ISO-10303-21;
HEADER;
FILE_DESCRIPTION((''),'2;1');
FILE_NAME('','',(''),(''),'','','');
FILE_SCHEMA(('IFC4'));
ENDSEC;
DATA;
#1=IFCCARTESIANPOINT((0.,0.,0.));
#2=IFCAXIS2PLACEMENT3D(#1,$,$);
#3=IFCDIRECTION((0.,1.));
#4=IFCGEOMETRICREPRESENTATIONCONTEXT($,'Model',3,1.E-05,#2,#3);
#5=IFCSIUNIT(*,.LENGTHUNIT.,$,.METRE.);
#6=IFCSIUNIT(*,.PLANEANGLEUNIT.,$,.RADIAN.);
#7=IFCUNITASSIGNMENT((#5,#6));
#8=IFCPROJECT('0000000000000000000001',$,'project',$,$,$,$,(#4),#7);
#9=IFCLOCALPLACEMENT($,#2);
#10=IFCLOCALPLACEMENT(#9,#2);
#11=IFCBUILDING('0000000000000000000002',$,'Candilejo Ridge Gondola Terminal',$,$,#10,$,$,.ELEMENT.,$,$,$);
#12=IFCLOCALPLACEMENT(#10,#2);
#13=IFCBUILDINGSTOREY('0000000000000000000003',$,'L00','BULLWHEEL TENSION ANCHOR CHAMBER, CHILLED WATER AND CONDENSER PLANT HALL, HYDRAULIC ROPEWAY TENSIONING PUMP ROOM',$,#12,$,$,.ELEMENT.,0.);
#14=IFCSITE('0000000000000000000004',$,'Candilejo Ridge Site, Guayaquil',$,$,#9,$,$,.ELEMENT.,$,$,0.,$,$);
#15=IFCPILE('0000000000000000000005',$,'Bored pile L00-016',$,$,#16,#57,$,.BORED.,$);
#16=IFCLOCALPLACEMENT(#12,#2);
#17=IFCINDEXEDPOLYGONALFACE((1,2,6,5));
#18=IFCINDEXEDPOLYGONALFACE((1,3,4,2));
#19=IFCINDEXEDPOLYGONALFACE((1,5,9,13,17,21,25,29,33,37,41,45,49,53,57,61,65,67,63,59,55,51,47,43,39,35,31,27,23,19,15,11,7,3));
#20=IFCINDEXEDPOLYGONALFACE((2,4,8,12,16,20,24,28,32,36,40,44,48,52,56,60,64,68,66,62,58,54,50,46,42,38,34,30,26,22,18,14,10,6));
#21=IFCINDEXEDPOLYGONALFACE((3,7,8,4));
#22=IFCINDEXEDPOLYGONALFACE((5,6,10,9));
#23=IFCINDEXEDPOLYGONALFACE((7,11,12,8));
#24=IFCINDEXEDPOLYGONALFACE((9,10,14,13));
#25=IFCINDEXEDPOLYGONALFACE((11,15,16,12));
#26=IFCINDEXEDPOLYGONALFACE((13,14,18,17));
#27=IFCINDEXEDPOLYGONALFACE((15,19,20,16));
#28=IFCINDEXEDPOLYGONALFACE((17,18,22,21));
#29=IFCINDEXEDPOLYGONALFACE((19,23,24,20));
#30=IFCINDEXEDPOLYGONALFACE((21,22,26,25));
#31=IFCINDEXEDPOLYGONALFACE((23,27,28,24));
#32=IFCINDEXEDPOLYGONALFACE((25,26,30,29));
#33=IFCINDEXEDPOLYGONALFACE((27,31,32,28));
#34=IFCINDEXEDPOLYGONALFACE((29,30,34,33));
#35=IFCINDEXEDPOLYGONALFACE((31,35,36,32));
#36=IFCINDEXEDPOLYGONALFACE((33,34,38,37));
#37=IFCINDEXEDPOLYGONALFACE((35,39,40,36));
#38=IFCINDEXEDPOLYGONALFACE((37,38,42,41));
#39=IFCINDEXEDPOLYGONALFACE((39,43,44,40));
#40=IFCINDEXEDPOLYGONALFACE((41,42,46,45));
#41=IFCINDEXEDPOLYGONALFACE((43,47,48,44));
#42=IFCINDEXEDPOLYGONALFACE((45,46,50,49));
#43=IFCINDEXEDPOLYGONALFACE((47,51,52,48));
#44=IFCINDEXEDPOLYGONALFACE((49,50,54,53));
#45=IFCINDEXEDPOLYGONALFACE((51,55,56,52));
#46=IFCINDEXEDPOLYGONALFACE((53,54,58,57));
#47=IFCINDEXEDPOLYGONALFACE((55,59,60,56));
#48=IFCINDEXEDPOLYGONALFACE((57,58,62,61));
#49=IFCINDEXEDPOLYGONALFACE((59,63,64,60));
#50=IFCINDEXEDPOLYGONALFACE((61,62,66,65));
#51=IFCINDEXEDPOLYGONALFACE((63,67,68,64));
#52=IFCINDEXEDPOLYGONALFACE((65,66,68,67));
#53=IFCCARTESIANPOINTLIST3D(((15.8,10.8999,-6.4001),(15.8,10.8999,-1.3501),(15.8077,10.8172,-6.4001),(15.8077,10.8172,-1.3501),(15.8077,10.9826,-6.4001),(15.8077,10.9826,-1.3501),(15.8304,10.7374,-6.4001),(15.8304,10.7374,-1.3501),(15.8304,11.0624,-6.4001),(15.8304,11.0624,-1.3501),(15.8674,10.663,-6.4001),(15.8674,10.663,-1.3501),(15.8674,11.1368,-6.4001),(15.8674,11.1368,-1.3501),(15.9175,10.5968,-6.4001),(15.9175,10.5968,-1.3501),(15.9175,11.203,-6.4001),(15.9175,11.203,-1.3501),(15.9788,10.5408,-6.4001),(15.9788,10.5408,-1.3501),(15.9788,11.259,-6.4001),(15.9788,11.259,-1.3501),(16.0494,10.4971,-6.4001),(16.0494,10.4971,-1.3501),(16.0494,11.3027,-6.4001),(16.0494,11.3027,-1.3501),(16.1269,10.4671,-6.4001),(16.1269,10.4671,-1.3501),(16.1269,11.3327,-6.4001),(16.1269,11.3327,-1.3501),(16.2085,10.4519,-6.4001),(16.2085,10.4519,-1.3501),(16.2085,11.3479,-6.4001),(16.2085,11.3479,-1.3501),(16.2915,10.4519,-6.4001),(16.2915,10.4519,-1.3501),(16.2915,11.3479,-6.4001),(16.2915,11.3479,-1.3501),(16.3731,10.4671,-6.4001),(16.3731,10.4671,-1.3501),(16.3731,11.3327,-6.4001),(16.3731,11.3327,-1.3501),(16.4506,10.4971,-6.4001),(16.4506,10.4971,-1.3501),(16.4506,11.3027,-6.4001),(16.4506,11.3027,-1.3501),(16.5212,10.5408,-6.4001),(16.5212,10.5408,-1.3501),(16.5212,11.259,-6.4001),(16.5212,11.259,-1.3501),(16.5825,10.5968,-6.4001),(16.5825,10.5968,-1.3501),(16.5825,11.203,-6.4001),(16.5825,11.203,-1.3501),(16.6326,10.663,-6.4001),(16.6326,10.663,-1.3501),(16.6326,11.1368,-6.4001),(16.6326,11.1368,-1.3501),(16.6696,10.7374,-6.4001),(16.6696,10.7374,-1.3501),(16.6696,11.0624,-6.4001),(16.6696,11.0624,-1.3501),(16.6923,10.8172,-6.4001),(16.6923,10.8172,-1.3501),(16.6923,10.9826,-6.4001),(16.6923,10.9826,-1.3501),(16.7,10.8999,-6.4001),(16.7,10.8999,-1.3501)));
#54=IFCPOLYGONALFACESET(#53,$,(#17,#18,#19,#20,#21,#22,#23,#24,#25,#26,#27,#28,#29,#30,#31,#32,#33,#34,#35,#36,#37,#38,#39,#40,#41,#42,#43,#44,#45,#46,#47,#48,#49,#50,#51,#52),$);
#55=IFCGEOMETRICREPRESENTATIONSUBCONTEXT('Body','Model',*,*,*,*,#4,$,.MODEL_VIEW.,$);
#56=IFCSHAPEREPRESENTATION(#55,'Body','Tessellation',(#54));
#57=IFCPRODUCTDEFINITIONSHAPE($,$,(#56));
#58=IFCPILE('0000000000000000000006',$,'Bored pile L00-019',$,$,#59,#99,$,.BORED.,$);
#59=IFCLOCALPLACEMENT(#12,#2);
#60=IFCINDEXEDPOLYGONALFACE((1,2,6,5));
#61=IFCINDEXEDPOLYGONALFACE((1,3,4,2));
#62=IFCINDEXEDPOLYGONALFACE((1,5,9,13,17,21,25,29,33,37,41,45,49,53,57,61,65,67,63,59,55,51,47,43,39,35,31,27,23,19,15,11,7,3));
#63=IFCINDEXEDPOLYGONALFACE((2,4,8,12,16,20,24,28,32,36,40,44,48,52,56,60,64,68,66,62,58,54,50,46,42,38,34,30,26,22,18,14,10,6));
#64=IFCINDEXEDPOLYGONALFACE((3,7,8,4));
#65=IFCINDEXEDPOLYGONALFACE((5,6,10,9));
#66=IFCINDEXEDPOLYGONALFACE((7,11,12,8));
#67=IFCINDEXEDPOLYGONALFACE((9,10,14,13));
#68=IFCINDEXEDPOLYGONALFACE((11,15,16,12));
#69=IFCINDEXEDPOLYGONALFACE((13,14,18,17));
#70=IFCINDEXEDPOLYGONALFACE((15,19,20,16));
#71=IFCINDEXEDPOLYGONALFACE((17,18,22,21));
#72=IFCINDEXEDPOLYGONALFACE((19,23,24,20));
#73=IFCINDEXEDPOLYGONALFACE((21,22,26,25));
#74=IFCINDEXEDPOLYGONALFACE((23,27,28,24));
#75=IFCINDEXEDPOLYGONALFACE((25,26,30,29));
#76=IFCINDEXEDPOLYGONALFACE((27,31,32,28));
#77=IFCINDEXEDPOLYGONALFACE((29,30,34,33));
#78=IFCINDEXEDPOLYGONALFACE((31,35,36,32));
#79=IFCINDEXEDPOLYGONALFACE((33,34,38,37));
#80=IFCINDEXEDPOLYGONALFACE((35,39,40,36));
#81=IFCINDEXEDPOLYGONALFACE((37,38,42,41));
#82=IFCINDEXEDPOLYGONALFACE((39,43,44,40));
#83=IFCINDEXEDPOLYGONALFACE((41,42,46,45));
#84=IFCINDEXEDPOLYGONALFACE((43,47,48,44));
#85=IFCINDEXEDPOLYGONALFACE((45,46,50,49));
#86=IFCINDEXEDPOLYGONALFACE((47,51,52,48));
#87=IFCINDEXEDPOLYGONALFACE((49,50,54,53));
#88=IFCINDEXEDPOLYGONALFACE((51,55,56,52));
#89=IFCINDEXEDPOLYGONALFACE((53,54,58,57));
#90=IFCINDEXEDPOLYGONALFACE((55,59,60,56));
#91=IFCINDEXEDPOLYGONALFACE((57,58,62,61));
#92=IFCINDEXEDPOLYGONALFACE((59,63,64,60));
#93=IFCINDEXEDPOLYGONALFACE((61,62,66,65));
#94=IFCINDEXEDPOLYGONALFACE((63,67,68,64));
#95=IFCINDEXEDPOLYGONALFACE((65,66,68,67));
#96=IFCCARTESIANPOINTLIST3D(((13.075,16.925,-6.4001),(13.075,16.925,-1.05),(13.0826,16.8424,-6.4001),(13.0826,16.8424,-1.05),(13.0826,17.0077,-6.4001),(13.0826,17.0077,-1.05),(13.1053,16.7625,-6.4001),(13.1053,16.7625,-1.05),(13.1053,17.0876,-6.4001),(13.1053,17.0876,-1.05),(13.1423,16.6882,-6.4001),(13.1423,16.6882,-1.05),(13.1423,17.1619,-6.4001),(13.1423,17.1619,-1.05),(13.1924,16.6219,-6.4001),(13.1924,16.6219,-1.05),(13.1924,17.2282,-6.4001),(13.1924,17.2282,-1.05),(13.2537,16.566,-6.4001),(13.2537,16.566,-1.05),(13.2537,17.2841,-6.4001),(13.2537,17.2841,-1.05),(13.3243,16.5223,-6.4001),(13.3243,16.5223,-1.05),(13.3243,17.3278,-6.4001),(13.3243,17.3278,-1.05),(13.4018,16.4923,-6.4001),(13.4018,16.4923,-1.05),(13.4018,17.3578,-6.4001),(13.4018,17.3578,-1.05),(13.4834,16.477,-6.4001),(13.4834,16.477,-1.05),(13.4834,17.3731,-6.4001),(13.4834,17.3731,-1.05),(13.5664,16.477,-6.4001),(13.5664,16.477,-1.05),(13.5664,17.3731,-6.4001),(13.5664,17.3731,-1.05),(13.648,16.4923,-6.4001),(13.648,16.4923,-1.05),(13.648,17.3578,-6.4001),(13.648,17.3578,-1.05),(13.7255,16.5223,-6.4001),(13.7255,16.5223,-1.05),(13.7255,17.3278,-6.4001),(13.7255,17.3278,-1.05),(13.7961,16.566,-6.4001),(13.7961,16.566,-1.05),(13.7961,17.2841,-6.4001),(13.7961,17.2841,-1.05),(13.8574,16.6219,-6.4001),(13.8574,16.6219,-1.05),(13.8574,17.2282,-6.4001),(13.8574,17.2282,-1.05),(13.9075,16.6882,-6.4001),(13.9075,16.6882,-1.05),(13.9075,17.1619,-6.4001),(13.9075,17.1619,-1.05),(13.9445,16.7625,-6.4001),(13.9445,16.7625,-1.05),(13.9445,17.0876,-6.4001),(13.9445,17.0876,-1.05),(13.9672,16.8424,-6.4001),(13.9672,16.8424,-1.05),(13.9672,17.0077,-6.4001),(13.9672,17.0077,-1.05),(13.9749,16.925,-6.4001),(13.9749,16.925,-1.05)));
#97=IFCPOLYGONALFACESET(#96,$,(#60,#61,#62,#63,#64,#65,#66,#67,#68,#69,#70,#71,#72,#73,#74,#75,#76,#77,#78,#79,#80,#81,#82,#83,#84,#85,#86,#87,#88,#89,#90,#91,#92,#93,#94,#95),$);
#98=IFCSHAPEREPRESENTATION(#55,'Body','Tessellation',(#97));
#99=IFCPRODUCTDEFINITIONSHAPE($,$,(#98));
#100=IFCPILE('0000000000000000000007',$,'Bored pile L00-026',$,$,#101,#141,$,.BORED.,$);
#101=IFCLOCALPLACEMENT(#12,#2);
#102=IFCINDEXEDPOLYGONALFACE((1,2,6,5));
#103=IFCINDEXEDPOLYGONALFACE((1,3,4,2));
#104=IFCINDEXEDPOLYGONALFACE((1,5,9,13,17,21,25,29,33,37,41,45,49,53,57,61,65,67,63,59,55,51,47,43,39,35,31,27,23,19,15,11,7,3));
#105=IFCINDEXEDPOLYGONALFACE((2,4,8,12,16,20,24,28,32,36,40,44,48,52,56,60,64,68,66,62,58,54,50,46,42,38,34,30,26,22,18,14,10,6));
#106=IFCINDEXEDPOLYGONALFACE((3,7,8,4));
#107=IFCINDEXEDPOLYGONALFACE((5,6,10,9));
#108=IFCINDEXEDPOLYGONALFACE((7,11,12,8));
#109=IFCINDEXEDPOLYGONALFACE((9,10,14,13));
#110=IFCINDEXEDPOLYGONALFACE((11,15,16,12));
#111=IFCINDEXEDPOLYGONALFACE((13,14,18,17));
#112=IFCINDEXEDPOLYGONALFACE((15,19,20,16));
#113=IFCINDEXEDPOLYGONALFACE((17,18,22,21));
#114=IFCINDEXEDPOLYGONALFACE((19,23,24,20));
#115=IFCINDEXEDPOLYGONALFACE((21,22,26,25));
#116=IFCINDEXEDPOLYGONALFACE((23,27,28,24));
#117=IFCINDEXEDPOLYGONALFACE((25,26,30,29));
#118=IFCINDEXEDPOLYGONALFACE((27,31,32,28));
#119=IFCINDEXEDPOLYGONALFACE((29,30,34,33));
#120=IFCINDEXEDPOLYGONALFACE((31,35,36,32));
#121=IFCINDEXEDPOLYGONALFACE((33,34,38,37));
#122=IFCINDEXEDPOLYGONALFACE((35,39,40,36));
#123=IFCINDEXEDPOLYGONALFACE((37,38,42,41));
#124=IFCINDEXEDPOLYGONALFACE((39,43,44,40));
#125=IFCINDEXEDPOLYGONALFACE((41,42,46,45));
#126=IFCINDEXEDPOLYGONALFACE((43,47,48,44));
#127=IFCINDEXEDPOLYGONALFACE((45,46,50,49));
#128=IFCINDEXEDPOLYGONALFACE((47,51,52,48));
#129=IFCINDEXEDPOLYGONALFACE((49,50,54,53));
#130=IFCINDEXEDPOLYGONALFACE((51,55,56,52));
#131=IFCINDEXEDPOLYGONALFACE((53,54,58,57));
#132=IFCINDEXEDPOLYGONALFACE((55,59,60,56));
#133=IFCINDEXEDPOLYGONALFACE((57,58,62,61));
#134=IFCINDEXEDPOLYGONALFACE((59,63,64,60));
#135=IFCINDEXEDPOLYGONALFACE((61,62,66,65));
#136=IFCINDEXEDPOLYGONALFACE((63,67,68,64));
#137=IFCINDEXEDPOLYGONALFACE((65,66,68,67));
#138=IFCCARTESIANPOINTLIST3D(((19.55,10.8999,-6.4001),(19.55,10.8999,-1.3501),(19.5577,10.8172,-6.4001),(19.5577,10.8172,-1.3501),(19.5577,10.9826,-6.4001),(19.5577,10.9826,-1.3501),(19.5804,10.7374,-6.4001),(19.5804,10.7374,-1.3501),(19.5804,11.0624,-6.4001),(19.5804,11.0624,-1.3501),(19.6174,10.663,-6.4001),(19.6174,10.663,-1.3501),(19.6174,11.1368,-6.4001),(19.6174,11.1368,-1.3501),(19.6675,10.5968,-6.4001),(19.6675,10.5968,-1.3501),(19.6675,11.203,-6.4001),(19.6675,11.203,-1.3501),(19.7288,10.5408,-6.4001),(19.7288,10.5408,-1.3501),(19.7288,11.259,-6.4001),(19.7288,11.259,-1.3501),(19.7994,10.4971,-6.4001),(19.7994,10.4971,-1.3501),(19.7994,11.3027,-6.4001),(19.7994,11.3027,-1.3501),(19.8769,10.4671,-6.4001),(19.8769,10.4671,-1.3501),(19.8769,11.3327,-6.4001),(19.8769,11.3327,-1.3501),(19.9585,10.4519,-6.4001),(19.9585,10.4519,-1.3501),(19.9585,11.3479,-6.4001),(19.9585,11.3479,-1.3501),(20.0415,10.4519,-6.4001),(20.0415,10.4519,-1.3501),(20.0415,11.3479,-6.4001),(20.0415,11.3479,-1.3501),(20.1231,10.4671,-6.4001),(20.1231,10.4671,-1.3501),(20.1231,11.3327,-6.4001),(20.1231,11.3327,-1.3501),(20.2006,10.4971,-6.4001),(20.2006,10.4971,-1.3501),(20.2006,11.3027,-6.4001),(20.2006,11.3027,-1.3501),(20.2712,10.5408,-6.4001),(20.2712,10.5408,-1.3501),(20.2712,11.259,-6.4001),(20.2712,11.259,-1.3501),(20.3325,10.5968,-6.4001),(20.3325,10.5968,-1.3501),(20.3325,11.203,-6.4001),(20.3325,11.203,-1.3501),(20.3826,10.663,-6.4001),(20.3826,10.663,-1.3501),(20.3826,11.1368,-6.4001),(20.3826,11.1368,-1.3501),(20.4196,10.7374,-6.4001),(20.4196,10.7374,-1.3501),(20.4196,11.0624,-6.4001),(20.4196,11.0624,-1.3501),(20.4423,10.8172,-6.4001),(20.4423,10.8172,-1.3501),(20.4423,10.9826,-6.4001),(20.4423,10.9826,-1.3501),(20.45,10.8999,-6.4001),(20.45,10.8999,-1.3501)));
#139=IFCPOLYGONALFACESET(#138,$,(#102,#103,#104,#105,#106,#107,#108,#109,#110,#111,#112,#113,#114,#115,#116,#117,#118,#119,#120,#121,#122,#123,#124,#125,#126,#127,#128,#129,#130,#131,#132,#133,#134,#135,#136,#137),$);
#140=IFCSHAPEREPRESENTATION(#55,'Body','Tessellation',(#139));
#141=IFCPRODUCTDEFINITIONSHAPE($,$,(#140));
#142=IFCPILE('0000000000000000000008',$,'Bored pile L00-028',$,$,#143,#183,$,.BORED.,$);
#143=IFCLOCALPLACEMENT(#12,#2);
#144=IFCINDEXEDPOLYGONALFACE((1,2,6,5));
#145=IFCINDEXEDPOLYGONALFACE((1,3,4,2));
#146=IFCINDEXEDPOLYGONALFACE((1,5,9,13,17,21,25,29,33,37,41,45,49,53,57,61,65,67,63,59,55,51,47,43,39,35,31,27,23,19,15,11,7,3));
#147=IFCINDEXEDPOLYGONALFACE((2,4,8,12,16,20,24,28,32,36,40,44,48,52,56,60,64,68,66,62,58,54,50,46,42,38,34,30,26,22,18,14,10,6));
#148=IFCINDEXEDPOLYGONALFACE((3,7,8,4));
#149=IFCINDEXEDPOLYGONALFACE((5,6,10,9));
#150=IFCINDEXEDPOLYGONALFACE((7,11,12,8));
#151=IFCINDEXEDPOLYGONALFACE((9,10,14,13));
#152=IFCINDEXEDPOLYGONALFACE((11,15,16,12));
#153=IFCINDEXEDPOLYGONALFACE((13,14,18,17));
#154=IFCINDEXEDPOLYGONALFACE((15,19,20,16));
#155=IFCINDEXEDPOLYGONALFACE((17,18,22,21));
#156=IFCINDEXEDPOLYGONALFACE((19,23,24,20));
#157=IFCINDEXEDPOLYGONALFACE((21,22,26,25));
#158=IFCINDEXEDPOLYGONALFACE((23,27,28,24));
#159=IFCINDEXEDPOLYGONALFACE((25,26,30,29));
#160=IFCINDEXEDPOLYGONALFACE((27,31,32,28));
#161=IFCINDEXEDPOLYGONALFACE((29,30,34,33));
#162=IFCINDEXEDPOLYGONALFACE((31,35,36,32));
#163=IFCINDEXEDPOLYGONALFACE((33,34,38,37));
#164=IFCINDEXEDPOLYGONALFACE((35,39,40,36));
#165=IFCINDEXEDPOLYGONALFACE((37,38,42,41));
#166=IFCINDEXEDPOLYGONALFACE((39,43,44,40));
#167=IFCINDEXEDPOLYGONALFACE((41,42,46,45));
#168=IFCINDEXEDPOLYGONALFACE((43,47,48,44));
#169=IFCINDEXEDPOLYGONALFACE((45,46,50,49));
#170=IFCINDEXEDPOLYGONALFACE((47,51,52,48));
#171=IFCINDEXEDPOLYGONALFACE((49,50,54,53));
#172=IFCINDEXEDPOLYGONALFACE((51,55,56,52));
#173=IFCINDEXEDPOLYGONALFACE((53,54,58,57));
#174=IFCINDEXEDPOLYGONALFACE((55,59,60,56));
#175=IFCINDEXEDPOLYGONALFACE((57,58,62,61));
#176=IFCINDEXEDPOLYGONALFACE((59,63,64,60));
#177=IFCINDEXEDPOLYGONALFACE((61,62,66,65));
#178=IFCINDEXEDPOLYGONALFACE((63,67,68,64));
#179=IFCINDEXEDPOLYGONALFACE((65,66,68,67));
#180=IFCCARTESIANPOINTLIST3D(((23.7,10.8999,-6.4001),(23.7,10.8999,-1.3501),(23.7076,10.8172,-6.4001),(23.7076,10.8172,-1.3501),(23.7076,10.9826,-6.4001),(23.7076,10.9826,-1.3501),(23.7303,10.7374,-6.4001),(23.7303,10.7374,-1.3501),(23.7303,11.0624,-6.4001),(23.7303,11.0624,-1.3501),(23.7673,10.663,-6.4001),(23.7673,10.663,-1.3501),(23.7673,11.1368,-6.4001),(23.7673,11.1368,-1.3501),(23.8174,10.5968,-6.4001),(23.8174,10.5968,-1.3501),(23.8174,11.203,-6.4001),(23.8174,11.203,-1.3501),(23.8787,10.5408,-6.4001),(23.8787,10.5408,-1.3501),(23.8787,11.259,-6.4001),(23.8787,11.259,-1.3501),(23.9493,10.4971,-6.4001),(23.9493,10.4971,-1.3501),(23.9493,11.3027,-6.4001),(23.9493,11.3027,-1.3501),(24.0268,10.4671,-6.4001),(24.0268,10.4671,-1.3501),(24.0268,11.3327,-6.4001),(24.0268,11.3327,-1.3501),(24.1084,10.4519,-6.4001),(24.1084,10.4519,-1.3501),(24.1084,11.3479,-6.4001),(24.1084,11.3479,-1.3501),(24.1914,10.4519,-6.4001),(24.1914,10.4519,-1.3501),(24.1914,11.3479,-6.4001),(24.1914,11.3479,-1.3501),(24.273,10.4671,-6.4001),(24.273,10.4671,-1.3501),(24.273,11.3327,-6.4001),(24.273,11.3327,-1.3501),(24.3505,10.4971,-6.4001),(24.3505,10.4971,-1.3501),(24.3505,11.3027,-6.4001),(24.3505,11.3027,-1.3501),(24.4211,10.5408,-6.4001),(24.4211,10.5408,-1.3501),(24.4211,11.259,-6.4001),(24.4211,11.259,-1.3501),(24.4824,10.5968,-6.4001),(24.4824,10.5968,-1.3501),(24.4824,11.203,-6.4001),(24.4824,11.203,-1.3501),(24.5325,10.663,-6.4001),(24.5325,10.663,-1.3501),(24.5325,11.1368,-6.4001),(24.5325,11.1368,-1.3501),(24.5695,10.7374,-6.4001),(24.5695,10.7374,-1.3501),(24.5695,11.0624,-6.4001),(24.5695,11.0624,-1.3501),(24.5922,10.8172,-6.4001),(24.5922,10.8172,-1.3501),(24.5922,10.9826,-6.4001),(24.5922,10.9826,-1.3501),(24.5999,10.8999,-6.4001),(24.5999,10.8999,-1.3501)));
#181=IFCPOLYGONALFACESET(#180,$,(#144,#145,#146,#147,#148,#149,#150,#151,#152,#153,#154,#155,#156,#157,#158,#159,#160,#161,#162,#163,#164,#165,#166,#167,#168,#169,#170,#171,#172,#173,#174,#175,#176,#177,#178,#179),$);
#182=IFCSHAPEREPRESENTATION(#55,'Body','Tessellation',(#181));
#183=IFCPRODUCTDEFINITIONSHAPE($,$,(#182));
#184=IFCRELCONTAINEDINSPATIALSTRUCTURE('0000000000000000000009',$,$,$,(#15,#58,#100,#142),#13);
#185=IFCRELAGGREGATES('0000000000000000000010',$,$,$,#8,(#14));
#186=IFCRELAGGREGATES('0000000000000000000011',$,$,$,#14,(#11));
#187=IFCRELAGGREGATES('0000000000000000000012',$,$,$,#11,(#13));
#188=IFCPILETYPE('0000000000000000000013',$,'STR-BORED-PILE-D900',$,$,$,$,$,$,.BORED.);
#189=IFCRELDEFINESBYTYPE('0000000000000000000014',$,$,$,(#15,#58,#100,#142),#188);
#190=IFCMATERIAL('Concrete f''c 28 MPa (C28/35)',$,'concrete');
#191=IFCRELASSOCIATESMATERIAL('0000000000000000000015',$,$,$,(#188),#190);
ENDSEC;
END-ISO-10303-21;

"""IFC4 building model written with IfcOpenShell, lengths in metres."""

from ifc_helpers import new_model, si_unit, direction, frame, origin, origin_2d, place, context, subcontext, project, spatial, circle, extrude, material, material_profile, profile_set, type_object, element, save


model = new_model("IFC4")

# Units and contexts
model_context = context("Model", 3, precision=1e-05, world=origin(), true_north=direction((0.0, 1.0)))
body_context = subcontext(model_context, "Body", "Model", "MODEL_VIEW")
ifc_project = project(units=[si_unit("LENGTHUNIT", "METRE"), si_unit("PLANEANGLEUNIT", "RADIAN")], contexts=[model_context])

# Site, building, storey
site_placement = place(None, origin())
site = spatial("IfcSite", under=ifc_project, at=site_placement, Name="Candilejo Ridge Site, Guayaquil", CompositionType="ELEMENT", RefElevation=0.0)
building_placement = place(site_placement, origin())
building = spatial("IfcBuilding", under=site, at=building_placement, Name="Candilejo Ridge Gondola Terminal", CompositionType="ELEMENT")
storey_placement = place(building_placement, origin())
storey = spatial("IfcBuildingStorey", under=building, at=storey_placement, Name="L00", Description="BULLWHEEL TENSION ANCHOR CHAMBER, CHILLED WATER AND CONDENSER PLANT HALL, HYDRAULIC ROPEWAY TENSIONING PUMP ROOM", CompositionType="ELEMENT", Elevation=0.0)

# Piles
ifc_material_1 = material(Name="Concrete f'c 28 MPa (C28/35)", Category="concrete")
ifc_material_profile_1 = material_profile(ifc_material_1, circle(Radius=0.45, at=origin_2d()))
ifc_profile_set_1 = profile_set([ifc_material_profile_1], Name="Concrete f'c 28 MPa (C28/35)")
pile_type = type_object("IfcPileType", Name="STR-BORED-PILE-D900", PredefinedType="BORED", material=ifc_profile_set_1)
pile_1_placement = place(storey_placement, frame((16.25, 10.8999, -1.3501), z_axis=(0.0, 0.0, -1.0), x_axis=(1.0, 0.0, 0.0)))
element("IfcPile", 1, at=pile_1_placement, inside=storey, type_object=pile_type, Name="Bored pile L00-016", PredefinedType="BORED", context=body_context, shape_type="SweptSolid", body=[
    extrude(circle(Radius=0.45, at=origin_2d()), origin(), (0.0, 0.0, 1.0), 5.05),
])
pile_2_placement = place(storey_placement, frame((13.5249, 16.925, -1.05), z_axis=(0.0, 0.0, -1.0), x_axis=(1.0, 0.0, 0.0)))
element("IfcPile", 2, at=pile_2_placement, inside=storey, type_object=pile_type, Name="Bored pile L00-019", PredefinedType="BORED", context=body_context, shape_type="SweptSolid", body=[
    extrude(circle(Radius=0.45, at=origin_2d()), origin(), (0.0, 0.0, 1.0), 5.3501),
])
for number, where, z_axis, x_axis, name in (
    (3, (20.0, 10.8999, -1.3501), (0.0, 0.0, -1.0), (1.0, 0.0, 0.0), "Bored pile L00-026"),
    (4, (24.1499, 10.8999, -1.3501), (0.0, 0.0, -1.0), (1.0, 0.0, 0.0), "Bored pile L00-028"),
):
    element("IfcPile", number, at=place(storey_placement, frame(where, z_axis=z_axis, x_axis=x_axis)), inside=storey, type_object=pile_type, Name=name, PredefinedType="BORED", context=body_context, shape_type="SweptSolid", body=[
        extrude(circle(Radius=0.45, at=origin_2d()), origin(), (0.0, 0.0, 1.0), 5.05),
    ])

save(model, "model.ifc")
